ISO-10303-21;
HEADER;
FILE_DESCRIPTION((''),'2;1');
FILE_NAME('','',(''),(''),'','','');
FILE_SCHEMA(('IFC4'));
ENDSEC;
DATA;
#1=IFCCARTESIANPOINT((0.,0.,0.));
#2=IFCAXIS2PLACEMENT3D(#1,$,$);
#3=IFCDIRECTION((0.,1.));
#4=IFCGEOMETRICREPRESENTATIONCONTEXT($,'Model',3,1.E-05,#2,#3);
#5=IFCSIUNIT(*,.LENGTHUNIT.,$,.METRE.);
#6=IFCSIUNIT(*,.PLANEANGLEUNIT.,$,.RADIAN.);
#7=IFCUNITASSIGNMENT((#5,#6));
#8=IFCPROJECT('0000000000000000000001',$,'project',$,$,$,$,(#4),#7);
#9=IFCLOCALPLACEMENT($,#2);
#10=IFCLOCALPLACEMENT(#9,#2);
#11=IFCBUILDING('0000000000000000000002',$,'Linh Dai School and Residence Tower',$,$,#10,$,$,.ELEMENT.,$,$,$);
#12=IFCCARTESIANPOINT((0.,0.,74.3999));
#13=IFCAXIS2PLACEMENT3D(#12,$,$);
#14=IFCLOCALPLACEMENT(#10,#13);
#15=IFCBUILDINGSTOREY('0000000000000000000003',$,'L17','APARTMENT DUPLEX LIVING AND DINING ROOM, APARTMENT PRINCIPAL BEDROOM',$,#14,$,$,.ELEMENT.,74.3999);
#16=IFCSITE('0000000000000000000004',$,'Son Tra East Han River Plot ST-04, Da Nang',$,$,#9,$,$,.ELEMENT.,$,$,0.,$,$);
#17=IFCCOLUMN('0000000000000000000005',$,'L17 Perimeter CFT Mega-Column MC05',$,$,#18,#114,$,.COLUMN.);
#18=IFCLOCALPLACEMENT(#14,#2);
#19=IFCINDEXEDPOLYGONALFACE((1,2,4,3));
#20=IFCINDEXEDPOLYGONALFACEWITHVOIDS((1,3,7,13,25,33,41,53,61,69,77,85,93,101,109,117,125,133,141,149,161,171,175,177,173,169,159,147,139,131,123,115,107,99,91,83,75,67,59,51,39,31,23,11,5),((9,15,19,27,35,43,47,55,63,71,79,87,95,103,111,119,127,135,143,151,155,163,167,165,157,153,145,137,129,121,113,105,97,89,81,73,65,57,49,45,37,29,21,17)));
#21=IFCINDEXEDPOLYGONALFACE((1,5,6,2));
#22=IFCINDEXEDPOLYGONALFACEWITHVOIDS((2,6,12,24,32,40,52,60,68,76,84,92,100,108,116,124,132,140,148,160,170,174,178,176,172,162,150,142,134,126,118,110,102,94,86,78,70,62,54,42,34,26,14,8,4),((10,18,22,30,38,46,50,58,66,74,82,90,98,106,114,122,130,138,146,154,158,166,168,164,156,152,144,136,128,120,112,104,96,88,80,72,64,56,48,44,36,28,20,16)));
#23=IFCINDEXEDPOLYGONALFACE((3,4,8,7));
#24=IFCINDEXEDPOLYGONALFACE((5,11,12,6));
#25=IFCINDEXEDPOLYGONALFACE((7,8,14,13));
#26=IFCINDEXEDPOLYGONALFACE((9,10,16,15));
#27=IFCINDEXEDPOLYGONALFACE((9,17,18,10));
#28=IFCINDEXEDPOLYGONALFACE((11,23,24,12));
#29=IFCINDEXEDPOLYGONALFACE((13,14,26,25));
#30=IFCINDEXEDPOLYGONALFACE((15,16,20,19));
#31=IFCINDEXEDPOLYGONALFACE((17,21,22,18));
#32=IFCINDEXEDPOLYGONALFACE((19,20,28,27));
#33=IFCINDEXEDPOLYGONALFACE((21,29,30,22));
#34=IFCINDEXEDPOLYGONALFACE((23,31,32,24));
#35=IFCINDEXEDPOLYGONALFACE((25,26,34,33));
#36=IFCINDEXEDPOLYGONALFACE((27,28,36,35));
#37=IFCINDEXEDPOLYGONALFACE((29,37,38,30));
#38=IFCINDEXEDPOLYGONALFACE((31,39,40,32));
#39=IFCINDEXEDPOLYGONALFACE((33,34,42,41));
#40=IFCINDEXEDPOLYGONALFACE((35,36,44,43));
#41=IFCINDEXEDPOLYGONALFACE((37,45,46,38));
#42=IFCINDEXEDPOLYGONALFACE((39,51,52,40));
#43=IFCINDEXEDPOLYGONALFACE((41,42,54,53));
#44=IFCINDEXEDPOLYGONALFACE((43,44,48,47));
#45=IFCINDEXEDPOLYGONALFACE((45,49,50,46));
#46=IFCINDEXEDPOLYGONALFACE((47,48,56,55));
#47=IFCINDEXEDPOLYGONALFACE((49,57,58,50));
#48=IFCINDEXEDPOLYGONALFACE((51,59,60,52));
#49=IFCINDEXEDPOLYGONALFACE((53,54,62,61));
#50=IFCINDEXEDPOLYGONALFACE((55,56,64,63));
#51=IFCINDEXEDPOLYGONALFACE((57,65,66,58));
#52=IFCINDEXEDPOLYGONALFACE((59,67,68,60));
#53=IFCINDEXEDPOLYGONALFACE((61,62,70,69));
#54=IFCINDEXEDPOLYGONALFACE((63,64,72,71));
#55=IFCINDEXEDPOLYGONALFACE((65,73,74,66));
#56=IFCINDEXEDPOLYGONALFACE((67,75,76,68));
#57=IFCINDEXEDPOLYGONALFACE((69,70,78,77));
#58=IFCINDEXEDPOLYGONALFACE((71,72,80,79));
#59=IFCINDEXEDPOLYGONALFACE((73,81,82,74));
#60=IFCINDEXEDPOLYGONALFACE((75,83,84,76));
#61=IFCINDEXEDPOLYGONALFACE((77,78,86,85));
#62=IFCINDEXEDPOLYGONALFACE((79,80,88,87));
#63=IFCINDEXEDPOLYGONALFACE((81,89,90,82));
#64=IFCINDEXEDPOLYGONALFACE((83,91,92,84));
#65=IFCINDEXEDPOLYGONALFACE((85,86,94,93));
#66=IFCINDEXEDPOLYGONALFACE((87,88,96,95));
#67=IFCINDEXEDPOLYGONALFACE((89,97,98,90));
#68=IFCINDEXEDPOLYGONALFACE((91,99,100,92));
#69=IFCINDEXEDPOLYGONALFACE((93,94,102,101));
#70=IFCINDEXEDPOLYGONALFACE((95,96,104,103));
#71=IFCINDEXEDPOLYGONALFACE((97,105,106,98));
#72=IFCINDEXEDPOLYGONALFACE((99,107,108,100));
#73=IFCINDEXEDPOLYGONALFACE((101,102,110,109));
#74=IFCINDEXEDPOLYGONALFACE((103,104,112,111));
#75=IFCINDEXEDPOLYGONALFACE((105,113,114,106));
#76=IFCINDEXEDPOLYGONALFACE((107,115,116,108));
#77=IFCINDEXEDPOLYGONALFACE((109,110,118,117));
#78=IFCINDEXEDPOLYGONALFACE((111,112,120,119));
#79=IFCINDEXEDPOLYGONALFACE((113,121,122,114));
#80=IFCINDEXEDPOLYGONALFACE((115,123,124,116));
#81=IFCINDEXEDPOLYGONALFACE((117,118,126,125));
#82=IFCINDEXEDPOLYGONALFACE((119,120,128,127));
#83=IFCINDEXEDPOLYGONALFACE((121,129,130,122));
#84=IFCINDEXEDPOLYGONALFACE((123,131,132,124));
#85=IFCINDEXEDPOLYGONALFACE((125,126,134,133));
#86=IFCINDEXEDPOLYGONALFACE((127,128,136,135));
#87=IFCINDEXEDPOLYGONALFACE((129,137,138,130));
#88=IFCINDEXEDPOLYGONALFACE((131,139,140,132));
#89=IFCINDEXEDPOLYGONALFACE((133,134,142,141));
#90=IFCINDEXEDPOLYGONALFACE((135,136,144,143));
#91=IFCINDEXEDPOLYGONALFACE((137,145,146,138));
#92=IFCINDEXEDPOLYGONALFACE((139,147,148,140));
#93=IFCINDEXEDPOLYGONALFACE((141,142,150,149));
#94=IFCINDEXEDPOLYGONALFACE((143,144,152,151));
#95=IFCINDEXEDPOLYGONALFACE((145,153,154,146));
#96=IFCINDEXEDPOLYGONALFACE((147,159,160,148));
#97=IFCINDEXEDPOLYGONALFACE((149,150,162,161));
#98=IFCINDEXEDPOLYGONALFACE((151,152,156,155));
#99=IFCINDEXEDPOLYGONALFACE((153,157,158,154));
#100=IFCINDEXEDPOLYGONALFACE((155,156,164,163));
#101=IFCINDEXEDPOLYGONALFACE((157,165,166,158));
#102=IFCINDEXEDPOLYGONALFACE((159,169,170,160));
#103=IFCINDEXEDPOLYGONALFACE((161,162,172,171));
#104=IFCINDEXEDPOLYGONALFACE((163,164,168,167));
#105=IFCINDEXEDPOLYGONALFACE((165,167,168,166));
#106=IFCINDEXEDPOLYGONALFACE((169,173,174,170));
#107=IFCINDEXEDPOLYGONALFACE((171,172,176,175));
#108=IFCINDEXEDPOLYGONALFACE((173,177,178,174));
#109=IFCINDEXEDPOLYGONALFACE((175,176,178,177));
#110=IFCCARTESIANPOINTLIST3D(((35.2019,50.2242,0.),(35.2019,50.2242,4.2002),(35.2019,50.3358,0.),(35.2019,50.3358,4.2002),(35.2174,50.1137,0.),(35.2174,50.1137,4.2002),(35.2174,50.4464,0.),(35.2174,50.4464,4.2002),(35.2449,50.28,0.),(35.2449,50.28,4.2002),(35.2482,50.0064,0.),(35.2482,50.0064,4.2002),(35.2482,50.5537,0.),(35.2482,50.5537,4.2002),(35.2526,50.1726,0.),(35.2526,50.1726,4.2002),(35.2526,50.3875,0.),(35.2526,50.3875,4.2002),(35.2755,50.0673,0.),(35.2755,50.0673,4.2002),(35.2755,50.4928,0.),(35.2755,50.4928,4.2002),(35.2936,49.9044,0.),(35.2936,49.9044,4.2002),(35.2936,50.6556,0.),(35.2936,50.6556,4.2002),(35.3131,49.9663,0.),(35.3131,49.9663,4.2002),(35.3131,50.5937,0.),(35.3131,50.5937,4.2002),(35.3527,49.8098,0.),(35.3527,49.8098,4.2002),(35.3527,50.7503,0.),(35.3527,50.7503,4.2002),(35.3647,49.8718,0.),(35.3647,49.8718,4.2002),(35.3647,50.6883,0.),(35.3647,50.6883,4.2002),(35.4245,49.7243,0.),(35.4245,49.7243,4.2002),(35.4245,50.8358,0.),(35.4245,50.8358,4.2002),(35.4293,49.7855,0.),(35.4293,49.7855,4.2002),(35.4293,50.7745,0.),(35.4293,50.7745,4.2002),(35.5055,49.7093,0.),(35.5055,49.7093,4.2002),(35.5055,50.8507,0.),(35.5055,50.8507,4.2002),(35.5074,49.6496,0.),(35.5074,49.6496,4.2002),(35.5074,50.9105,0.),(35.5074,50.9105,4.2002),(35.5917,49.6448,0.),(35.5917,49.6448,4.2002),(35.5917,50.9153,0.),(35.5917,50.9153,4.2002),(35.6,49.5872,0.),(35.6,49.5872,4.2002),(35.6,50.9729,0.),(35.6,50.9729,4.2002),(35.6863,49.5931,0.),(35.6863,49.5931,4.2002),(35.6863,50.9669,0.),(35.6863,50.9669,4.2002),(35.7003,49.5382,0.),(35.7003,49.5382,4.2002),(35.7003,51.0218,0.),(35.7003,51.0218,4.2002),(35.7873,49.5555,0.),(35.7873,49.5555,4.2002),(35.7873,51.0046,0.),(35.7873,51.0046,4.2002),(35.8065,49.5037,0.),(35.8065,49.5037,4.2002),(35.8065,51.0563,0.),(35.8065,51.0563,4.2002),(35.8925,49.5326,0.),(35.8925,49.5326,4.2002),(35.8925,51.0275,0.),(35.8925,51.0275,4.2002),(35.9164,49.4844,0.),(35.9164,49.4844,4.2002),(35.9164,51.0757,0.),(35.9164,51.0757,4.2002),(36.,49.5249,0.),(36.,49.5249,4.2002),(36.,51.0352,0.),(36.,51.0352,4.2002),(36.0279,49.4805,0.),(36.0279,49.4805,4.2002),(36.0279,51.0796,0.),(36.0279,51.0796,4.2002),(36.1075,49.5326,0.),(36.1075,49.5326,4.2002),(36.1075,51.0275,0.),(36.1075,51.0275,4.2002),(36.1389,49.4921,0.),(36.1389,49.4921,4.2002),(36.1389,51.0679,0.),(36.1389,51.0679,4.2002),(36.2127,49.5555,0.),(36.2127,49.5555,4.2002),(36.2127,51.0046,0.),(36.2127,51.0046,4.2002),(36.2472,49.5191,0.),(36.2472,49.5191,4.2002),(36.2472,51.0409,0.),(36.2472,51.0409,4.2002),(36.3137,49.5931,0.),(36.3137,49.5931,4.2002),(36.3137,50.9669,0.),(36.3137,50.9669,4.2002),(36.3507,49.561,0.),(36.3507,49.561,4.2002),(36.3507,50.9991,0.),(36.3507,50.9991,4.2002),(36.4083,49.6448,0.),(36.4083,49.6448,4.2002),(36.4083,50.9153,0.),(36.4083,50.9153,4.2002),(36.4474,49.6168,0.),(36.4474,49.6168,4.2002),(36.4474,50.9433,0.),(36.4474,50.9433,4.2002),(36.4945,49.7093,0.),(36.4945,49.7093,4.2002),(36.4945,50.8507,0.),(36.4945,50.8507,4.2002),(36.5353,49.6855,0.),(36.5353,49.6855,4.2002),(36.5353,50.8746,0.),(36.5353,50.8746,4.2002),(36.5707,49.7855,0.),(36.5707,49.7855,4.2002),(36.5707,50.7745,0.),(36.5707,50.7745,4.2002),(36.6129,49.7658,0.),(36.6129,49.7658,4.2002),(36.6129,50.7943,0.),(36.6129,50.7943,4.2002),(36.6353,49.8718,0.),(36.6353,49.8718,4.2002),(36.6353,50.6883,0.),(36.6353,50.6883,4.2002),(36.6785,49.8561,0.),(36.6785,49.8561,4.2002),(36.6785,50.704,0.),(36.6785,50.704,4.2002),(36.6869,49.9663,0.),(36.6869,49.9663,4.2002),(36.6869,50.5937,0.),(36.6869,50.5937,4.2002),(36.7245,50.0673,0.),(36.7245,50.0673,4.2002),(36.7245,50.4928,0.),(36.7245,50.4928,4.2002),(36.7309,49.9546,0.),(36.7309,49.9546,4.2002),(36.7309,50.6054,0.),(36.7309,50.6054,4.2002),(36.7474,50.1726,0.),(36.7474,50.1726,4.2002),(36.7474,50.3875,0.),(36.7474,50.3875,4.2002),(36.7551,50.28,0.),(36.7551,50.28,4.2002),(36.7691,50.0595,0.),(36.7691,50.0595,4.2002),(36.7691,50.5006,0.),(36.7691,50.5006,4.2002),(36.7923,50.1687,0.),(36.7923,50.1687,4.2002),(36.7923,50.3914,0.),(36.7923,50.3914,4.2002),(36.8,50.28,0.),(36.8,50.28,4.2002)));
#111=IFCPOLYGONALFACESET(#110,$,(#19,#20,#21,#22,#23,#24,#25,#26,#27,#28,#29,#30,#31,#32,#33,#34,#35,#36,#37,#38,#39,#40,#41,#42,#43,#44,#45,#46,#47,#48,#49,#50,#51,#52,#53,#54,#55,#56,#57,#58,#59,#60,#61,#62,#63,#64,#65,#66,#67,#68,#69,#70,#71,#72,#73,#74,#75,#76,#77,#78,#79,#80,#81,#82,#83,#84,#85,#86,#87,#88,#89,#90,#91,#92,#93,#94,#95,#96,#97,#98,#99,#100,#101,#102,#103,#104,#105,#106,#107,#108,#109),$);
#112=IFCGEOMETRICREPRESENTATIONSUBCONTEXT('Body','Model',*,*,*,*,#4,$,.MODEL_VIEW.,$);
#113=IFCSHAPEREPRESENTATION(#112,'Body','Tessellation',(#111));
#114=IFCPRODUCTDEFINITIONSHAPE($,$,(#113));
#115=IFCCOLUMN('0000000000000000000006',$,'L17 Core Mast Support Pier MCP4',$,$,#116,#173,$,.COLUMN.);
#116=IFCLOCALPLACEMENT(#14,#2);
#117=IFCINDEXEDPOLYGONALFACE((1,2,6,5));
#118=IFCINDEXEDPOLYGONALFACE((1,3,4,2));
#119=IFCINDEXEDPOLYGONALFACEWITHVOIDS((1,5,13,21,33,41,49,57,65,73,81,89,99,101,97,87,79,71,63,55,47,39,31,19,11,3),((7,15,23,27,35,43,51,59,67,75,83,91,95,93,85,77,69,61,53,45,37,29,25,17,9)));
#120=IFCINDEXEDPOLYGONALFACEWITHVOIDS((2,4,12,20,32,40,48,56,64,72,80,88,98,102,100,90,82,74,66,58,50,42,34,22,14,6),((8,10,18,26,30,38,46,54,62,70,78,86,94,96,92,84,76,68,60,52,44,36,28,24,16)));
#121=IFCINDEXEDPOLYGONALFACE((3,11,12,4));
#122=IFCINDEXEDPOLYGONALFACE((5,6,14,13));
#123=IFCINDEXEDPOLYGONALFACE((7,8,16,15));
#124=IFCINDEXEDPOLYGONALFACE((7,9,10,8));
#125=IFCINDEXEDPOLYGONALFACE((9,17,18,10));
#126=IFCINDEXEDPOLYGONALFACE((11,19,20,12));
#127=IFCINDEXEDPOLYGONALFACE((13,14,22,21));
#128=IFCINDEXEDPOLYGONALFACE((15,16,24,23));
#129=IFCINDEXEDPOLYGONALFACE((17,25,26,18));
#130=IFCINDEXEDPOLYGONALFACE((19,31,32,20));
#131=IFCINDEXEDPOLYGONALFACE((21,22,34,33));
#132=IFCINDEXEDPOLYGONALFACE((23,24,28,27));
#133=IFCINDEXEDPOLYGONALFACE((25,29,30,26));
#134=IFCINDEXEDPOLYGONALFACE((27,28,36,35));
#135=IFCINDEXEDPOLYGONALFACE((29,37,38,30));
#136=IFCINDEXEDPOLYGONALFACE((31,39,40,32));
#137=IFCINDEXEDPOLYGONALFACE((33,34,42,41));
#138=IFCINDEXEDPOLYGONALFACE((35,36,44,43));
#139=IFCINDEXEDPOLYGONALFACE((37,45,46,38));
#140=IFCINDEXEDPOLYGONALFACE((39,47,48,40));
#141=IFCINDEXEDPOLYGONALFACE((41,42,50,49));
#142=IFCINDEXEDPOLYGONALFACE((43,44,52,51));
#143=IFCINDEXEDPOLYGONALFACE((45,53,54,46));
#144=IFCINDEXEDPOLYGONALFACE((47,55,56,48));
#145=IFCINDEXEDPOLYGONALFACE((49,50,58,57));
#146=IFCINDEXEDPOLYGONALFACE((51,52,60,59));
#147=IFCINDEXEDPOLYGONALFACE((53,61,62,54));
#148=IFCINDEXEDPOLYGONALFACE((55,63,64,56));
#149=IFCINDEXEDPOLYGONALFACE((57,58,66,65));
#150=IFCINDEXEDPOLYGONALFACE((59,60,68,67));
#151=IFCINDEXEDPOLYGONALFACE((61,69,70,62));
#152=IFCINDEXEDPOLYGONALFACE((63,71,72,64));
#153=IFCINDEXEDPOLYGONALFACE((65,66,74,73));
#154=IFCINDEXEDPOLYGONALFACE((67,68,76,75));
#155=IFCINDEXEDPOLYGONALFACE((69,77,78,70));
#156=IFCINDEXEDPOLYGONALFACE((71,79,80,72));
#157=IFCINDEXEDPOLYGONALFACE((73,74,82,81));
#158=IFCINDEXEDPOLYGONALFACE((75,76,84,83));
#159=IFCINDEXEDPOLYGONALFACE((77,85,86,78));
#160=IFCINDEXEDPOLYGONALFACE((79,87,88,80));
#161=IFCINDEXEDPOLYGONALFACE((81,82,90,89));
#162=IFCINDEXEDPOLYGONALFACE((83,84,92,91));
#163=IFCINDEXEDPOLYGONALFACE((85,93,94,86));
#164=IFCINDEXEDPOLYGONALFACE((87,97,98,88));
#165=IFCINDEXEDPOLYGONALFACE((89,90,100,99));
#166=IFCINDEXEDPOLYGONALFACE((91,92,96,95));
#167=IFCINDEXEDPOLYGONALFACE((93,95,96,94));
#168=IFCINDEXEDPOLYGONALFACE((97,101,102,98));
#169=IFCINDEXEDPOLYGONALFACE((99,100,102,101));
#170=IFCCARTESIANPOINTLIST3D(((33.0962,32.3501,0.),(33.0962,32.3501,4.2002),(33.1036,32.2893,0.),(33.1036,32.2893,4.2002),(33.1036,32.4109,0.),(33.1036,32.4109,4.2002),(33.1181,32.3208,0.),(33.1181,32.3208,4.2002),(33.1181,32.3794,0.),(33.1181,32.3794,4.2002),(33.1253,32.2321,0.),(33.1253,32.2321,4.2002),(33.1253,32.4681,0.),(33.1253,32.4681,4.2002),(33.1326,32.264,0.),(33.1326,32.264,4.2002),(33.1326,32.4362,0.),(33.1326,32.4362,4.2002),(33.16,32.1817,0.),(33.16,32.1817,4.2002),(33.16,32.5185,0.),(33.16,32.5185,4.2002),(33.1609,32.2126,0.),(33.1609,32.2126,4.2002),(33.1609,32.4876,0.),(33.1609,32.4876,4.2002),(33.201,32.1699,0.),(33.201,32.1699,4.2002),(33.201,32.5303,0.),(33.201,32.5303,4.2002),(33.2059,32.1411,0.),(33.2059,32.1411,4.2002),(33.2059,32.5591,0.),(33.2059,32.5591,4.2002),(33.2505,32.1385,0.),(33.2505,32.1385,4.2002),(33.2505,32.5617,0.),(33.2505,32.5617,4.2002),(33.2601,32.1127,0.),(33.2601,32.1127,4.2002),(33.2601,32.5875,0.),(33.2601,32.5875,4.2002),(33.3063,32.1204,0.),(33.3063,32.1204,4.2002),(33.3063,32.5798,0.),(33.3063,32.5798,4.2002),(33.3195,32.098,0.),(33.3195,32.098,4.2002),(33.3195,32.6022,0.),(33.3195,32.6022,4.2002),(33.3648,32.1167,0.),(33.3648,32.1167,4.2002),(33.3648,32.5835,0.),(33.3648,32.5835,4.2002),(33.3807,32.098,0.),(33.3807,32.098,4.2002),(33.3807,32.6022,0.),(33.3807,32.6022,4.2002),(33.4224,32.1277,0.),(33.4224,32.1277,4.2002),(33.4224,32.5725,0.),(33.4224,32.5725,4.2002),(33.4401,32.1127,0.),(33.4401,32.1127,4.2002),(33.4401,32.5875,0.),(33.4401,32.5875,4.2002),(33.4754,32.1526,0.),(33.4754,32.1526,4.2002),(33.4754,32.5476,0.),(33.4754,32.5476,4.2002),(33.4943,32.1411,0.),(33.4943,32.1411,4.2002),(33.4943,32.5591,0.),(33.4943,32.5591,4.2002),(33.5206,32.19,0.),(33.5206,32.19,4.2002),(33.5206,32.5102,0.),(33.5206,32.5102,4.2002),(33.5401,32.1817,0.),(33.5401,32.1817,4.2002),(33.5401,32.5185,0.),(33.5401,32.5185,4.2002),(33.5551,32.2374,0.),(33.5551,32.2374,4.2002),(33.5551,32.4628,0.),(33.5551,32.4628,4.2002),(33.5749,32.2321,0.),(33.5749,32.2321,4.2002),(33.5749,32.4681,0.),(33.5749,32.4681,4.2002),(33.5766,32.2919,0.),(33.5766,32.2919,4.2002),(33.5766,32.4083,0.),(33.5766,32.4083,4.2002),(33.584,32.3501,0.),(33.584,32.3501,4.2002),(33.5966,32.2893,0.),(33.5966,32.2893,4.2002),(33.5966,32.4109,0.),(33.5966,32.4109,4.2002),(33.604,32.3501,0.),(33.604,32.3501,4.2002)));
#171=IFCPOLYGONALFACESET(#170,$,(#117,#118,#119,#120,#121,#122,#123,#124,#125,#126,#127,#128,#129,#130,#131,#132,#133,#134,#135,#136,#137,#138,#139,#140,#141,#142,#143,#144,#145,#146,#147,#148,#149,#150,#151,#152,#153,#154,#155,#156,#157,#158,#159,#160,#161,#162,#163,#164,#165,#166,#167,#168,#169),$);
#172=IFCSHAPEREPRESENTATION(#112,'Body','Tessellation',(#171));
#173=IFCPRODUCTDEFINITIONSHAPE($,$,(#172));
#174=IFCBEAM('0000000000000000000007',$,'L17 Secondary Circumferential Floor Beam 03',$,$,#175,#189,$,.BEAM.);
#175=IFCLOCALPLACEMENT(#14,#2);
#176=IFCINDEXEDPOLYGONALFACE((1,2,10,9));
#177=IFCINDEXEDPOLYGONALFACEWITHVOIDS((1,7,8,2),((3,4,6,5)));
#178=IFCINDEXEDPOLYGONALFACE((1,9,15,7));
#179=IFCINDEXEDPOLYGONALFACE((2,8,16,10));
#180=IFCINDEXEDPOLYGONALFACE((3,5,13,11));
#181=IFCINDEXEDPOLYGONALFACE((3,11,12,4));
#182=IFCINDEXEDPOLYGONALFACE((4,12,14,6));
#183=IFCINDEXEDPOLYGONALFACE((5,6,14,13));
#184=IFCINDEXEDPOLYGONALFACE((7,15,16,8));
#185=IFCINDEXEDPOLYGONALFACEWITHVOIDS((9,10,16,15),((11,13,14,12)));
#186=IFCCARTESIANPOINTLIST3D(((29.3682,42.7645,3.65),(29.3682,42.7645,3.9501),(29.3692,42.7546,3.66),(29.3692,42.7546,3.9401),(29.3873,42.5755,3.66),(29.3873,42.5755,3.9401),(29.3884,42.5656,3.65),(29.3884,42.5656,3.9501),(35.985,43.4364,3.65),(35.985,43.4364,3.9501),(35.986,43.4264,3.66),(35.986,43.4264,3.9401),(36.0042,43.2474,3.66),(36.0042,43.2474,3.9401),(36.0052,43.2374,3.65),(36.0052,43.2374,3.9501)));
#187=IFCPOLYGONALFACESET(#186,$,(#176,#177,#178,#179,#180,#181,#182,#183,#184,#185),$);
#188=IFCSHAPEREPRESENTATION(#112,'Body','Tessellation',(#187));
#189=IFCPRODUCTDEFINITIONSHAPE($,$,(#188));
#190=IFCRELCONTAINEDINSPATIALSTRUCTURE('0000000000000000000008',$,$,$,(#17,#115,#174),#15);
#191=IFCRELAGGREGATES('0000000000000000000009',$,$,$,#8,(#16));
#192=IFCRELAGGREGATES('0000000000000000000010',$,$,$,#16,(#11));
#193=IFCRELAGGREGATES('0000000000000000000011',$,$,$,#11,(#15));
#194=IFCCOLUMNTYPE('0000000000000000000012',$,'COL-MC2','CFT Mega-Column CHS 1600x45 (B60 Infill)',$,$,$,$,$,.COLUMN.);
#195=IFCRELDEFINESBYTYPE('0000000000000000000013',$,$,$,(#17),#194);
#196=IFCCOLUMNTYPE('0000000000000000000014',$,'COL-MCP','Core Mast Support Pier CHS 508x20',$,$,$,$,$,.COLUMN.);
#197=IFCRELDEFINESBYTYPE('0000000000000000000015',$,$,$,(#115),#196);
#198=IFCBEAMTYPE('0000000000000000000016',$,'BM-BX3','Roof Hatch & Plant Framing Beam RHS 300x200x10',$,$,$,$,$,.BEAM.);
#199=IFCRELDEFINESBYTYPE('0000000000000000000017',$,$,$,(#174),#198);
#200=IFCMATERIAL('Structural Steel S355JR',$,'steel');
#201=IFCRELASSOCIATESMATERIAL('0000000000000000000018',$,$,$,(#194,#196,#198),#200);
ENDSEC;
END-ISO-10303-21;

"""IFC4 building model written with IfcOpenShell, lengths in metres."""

from ifc_helpers import new_model, si_unit, direction, frame, origin, origin_2d, place, context, subcontext, project, spatial, hollow_rectangle, hollow_circle, extrude, material, material_profile, profile_set, type_object, element, save


model = new_model("IFC4")

# Units and contexts
model_context = context("Model", 3, precision=1e-05, world=origin(), true_north=direction((0.0, 1.0)))
body_context = subcontext(model_context, "Body", "Model", "MODEL_VIEW")
ifc_project = project(units=[si_unit("LENGTHUNIT", "METRE"), si_unit("PLANEANGLEUNIT", "RADIAN")], contexts=[model_context])

# Site, building, storey
site_placement = place(None, origin())
site = spatial("IfcSite", under=ifc_project, at=site_placement, Name="Son Tra East Han River Plot ST-04, Da Nang", CompositionType="ELEMENT", RefElevation=0.0)
building_placement = place(site_placement, origin())
building = spatial("IfcBuilding", under=site, at=building_placement, Name="Linh Dai School and Residence Tower", CompositionType="ELEMENT")
storey_placement = place(building_placement, frame((0.0, 0.0, 74.3999)))
storey = spatial("IfcBuildingStorey", under=building, at=storey_placement, Name="L17", Description="APARTMENT DUPLEX LIVING AND DINING ROOM, APARTMENT PRINCIPAL BEDROOM", CompositionType="ELEMENT", Elevation=74.3999)

# Columns
ifc_material_1 = material(Name="Structural Steel S355JR", Category="steel")
ifc_material_profile_1 = material_profile(ifc_material_1, hollow_circle(Radius=0.8, WallThickness=0.0449, at=origin_2d()), Name="CHS 1600x45")
ifc_profile_set_1 = profile_set([ifc_material_profile_1], Name="Structural Steel S355JR")
column_type_1 = type_object("IfcColumnType", Name="COL-MC2", Description="CFT Mega-Column CHS 1600x45 (B60 Infill)", PredefinedType="COLUMN", material=ifc_profile_set_1)
column_1_placement = place(storey_placement, frame((36.0, 50.28, 0.0), z_axis=(0.0, 0.0, 1.0), x_axis=(1.0, 0.0, 0.0)))
element("IfcColumn", 1, at=column_1_placement, inside=storey, type_object=column_type_1, Name="L17 Perimeter CFT Mega-Column MC05", PredefinedType="COLUMN", context=body_context, shape_type="SweptSolid", body=[
    extrude(hollow_circle(Radius=0.8, WallThickness=0.0449, at=origin_2d()), origin(), (0.0, 0.0, 1.0), 4.2002),
])
ifc_material_profile_2 = material_profile(ifc_material_1, hollow_circle(Radius=0.2539, WallThickness=0.02, at=origin_2d()), Name="CHS 508x20")
ifc_profile_set_2 = profile_set([ifc_material_profile_2], Name="Structural Steel S355JR")
column_type_2 = type_object("IfcColumnType", Name="COL-MCP", Description="Core Mast Support Pier CHS 508x20", PredefinedType="COLUMN", material=ifc_profile_set_2)
column_2_placement = place(storey_placement, frame((33.3501, 32.3501, 0.0), z_axis=(0.0, 0.0, 1.0), x_axis=(1.0, 0.0, 0.0)))
element("IfcColumn", 2, at=column_2_placement, inside=storey, type_object=column_type_2, Name="L17 Core Mast Support Pier MCP4", PredefinedType="COLUMN", context=body_context, shape_type="SweptSolid", body=[
    extrude(hollow_circle(Radius=0.2539, WallThickness=0.02, at=origin_2d()), origin(), (0.0, 0.0, 1.0), 4.2002),
])

# Beam
ifc_material_profile_3 = material_profile(ifc_material_1, hollow_rectangle(XDim=0.2, YDim=0.3, WallThickness=0.01, at=origin_2d()), Name="RHS 300x200x10")
ifc_profile_set_3 = profile_set([ifc_material_profile_3], Name="Structural Steel S355JR")
beam_type_1 = type_object("IfcBeamType", Name="BM-BX3", Description="Roof Hatch & Plant Framing Beam RHS 300x200x10", PredefinedType="BEAM", material=ifc_profile_set_3)
beam_1_placement = place(storey_placement, frame((35.9951, 43.3369, 3.8), z_axis=(-0.994884, -0.101019, 0.0), x_axis=(0.101019, -0.994884, 0.0)))
element("IfcBeam", 3, at=beam_1_placement, inside=storey, type_object=beam_type_1, Name="L17 Secondary Circumferential Floor Beam 03", PredefinedType="BEAM", context=body_context, shape_type="SweptSolid", body=[
    extrude(hollow_rectangle(XDim=0.2, YDim=0.3, WallThickness=0.01, at=origin_2d()), origin(), (0.0, 0.0, 1.0), 6.6509),
])

save(model, "model.ifc")
